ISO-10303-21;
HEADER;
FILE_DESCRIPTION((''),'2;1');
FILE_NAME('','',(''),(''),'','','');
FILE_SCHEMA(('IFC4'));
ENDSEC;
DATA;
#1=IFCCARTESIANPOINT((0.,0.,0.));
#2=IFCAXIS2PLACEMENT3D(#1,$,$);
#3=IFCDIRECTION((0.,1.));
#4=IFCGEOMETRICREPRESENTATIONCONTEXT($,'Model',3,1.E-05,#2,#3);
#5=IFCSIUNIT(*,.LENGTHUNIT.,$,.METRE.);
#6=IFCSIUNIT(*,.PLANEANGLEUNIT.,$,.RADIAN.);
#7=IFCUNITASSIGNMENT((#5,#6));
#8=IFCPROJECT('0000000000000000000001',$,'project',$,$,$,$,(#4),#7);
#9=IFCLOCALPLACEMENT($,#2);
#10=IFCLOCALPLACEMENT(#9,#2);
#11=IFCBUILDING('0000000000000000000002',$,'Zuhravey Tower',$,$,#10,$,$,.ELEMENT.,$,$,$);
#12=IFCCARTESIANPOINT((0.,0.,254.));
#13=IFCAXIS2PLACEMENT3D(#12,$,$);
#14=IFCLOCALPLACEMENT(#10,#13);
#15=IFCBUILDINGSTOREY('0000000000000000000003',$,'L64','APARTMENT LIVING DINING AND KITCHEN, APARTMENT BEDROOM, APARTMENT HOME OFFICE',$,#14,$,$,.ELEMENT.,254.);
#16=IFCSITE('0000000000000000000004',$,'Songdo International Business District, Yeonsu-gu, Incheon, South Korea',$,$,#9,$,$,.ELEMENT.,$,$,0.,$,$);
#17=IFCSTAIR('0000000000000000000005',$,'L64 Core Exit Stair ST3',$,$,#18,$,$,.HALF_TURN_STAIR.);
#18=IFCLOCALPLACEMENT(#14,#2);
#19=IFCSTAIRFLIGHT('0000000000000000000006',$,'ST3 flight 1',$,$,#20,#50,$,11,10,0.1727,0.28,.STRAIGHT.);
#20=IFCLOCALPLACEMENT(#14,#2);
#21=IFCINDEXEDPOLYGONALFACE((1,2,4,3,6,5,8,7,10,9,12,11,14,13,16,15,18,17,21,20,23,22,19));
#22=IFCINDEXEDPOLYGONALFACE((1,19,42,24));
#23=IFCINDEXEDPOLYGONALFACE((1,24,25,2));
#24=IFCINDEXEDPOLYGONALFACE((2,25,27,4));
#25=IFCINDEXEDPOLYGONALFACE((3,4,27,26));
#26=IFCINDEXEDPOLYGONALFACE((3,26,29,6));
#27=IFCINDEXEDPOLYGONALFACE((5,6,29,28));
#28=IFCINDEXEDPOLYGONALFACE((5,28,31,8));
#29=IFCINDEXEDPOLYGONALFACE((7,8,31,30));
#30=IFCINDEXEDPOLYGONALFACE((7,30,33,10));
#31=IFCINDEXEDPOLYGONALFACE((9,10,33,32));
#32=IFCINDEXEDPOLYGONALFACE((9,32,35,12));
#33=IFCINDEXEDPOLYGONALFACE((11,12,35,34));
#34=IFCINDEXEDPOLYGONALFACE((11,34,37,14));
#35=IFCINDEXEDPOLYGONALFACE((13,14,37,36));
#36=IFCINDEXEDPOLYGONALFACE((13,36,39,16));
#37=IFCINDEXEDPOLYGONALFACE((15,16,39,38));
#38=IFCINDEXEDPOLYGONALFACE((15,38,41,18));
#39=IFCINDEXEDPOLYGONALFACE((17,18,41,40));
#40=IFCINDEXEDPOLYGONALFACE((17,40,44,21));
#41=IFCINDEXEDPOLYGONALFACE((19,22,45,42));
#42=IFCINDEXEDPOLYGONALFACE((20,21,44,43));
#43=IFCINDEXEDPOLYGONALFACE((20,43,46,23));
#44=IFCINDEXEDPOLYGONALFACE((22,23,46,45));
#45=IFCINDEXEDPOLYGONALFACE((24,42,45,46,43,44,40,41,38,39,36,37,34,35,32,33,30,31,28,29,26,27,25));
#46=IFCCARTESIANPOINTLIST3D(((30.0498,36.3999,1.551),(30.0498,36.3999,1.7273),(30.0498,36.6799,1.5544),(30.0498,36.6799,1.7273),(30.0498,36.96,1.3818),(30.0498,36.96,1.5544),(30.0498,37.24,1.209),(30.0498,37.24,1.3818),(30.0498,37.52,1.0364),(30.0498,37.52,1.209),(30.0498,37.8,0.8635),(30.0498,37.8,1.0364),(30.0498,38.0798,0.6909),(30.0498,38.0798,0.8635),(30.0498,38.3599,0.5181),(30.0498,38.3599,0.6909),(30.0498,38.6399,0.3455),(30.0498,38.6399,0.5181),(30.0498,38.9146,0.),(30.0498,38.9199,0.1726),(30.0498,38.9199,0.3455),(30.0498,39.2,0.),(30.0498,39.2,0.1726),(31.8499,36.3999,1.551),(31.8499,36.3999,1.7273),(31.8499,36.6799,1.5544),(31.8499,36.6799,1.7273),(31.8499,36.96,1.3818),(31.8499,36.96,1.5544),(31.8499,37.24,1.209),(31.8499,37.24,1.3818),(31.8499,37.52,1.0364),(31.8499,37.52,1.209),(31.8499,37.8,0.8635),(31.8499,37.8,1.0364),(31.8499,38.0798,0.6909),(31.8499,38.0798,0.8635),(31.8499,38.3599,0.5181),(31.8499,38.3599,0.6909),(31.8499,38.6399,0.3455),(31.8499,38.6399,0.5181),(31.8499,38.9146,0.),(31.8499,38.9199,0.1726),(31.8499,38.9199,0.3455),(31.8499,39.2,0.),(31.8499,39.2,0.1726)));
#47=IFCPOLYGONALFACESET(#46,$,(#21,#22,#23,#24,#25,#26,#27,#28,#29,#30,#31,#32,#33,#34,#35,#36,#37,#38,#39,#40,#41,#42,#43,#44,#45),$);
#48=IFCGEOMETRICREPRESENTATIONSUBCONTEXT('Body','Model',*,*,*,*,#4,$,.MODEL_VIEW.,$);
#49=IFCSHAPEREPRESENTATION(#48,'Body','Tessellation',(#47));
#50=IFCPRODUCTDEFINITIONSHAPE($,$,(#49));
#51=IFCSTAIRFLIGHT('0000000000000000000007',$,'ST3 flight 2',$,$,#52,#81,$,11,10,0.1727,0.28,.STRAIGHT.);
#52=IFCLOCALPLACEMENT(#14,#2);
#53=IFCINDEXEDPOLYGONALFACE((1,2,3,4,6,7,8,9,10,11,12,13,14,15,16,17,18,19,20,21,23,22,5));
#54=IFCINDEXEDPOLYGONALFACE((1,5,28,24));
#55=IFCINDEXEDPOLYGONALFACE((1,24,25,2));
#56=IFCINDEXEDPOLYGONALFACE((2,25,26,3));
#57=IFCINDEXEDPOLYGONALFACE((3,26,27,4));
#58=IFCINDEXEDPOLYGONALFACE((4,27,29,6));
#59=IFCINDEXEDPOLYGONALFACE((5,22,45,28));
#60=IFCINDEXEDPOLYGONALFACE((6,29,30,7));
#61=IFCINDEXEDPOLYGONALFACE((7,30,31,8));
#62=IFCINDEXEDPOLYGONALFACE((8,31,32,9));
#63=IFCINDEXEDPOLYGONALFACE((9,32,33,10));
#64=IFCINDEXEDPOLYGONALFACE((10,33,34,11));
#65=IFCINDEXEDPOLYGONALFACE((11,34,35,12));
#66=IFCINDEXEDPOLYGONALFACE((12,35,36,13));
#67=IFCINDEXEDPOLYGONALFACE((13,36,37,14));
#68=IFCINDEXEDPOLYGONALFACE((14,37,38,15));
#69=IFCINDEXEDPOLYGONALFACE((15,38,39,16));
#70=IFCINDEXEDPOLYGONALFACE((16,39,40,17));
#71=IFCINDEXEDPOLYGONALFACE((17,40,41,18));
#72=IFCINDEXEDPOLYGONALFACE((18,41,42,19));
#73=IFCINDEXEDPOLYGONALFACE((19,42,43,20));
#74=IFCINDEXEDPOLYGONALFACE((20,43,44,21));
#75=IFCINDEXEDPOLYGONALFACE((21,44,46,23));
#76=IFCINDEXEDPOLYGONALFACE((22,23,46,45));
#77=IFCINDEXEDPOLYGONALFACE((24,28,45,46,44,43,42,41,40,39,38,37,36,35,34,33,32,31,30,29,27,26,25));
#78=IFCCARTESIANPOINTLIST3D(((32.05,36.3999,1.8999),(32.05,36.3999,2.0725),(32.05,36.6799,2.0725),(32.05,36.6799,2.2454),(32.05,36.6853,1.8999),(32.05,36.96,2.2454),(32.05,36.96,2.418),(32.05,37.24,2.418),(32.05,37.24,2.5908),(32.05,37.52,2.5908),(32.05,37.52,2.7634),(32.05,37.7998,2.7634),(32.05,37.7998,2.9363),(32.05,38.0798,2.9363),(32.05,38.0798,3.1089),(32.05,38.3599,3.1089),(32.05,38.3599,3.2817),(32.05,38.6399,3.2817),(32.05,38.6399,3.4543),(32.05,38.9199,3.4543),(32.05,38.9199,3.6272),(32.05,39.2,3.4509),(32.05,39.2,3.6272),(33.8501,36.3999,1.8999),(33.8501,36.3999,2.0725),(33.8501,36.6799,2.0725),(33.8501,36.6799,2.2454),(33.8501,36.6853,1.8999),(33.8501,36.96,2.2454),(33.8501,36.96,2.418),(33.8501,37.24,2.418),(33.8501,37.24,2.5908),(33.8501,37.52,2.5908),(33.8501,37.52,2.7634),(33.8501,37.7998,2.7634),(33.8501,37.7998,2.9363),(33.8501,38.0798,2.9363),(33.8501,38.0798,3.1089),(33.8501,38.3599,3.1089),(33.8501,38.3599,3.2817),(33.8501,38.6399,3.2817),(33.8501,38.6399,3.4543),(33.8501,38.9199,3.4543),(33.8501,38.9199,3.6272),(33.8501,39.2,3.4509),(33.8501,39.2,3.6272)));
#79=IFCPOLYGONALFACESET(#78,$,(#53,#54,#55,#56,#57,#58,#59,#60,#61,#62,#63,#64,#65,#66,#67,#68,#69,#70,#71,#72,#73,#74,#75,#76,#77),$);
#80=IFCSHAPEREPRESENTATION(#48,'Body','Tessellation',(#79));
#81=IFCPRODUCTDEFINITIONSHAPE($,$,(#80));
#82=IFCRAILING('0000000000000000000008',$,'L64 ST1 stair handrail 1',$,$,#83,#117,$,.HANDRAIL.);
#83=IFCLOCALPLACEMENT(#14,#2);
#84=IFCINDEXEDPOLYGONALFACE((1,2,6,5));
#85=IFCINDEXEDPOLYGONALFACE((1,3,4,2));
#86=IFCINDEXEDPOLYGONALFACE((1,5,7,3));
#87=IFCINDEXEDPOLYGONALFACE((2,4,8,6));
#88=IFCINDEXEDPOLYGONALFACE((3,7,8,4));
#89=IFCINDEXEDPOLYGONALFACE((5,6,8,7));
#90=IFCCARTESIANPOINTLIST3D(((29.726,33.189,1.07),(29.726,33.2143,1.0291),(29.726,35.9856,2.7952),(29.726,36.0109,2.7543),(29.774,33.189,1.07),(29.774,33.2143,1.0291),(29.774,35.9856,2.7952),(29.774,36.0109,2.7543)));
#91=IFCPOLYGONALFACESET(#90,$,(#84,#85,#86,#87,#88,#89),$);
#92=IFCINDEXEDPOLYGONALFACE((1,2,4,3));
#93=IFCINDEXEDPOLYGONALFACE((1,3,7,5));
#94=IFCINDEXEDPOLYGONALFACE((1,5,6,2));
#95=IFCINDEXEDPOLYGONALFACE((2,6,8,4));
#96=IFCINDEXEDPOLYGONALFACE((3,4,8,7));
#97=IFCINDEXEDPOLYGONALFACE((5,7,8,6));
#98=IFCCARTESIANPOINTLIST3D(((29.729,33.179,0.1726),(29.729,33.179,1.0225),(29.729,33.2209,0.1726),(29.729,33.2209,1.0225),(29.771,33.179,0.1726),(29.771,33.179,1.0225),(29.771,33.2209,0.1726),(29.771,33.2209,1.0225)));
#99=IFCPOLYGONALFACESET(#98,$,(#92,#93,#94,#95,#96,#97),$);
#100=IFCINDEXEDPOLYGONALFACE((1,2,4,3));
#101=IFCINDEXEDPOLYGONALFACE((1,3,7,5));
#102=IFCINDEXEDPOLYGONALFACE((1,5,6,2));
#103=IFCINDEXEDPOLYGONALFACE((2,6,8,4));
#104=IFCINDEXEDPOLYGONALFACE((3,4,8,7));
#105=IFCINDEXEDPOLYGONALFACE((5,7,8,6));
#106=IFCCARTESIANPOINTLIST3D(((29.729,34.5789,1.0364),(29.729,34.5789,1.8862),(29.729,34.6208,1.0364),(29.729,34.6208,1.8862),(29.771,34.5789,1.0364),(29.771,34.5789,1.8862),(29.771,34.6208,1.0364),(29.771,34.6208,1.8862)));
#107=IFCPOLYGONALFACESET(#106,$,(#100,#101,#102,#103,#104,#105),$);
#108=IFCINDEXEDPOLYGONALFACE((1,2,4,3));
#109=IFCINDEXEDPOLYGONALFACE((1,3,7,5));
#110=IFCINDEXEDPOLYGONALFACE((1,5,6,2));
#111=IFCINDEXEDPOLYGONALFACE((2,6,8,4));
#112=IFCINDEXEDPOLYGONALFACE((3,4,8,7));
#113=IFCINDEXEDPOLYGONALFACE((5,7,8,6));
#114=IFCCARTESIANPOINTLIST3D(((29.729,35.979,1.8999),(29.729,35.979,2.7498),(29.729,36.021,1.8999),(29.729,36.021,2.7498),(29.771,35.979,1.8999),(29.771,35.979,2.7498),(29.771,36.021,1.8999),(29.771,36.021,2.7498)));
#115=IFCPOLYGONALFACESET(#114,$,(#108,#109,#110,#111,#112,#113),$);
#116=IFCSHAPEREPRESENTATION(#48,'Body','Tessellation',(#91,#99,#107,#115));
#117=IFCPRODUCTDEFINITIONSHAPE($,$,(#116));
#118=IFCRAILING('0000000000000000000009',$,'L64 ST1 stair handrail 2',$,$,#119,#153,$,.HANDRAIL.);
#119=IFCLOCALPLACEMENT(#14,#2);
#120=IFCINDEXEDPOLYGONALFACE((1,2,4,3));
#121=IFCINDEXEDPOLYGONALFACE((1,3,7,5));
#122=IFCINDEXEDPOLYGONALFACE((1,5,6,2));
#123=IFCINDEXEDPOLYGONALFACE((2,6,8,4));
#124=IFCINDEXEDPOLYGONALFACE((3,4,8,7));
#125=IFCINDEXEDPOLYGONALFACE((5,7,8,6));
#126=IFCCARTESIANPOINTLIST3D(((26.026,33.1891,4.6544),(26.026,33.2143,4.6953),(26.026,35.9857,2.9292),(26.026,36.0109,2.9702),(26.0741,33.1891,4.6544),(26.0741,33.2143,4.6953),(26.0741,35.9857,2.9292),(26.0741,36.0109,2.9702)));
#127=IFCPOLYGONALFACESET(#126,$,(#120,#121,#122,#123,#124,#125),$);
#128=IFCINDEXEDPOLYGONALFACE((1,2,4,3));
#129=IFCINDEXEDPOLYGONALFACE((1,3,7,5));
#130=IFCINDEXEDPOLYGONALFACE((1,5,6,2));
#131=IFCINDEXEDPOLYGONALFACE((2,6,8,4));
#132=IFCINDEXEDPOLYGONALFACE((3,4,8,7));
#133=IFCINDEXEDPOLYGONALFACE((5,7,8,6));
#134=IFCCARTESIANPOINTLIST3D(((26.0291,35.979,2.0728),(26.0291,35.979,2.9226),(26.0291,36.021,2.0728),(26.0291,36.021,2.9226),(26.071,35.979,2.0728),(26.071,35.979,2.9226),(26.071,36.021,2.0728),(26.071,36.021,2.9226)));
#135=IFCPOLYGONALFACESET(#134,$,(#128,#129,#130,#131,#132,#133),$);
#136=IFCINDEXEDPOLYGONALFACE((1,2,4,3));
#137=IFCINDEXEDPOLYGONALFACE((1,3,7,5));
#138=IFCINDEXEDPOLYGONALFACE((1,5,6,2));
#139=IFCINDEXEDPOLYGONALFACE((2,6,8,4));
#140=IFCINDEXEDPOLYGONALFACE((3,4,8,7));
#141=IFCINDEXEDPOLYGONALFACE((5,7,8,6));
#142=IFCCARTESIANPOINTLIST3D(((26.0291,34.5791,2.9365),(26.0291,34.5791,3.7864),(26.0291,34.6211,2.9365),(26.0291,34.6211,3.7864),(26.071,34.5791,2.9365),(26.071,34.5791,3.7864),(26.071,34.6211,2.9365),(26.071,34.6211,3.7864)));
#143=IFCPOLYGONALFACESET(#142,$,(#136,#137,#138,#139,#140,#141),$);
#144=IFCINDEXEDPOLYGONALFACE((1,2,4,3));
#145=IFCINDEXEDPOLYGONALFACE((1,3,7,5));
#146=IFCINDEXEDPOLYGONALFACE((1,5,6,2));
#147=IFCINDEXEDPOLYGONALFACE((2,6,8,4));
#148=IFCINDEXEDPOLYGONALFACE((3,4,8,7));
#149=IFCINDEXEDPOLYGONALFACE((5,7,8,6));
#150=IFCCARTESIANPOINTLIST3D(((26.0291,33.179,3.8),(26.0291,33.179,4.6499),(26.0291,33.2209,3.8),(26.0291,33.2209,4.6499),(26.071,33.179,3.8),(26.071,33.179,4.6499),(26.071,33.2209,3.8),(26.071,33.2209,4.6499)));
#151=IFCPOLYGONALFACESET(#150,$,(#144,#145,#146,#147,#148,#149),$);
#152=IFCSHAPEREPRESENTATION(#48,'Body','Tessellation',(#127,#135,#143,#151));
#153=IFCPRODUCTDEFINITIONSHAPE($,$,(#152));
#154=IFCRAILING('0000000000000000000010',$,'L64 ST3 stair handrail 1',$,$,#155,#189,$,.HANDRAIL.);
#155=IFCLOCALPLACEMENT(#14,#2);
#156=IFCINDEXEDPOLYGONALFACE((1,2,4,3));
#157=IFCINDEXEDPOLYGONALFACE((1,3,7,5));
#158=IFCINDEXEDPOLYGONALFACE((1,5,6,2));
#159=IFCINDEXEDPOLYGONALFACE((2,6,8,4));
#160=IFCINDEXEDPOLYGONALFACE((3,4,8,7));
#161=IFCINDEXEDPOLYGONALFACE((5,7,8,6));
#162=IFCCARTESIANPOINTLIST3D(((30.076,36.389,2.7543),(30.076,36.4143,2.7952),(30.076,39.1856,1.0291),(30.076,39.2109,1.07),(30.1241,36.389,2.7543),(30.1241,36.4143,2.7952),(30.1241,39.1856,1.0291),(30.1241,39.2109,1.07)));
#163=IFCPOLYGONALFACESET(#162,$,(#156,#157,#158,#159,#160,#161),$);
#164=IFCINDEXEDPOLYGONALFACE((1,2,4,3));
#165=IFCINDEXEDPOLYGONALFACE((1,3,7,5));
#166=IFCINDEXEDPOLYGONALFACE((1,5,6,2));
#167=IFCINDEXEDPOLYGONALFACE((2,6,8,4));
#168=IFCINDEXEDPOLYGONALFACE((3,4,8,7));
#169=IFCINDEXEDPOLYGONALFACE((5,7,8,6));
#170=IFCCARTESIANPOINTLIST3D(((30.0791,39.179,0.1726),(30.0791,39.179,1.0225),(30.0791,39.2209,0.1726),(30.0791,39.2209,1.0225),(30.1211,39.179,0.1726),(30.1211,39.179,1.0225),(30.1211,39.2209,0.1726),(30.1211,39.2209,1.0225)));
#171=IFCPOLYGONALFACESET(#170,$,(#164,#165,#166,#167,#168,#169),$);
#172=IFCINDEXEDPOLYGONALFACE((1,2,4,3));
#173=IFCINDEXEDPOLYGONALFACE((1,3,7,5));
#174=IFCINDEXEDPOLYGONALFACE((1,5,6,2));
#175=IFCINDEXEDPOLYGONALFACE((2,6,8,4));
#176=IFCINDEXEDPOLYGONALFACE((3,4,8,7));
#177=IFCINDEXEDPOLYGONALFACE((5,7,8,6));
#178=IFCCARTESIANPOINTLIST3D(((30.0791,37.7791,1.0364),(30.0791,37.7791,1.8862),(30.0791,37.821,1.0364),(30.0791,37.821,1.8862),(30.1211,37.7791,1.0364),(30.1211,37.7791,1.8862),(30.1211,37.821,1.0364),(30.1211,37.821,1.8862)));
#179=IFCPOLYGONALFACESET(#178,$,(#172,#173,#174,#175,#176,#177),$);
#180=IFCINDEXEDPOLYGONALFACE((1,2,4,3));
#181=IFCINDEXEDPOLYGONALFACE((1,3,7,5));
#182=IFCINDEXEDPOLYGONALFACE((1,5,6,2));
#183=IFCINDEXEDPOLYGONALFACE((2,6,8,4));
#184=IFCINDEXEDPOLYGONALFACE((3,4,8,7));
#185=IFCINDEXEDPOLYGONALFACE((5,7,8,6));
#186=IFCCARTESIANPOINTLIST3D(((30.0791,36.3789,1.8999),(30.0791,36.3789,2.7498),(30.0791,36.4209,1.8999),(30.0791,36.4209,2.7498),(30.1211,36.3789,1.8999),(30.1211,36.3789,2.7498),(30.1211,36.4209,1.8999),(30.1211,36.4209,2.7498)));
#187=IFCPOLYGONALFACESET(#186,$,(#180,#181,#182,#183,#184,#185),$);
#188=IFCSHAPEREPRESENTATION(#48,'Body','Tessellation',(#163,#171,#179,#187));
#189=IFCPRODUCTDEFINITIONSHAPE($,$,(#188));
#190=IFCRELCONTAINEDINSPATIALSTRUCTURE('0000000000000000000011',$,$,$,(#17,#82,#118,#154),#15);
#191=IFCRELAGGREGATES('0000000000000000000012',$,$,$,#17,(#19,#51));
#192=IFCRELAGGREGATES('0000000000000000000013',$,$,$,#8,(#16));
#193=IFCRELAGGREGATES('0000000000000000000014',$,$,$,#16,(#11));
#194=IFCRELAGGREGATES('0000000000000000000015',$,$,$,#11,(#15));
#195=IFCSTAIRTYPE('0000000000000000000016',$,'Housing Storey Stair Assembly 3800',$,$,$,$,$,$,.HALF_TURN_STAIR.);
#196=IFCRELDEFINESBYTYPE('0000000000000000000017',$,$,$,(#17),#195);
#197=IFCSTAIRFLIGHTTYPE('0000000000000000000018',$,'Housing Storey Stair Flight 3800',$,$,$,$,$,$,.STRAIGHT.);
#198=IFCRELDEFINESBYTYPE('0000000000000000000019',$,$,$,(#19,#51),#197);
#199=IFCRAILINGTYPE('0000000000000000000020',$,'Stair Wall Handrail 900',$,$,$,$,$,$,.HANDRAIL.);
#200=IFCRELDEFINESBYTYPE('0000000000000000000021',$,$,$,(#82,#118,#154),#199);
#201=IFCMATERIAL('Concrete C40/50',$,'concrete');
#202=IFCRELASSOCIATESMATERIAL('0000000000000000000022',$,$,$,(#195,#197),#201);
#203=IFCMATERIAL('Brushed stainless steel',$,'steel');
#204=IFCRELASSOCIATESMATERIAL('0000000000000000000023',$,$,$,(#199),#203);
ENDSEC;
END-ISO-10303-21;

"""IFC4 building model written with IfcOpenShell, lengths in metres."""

from ifc_helpers import new_model, si_unit, direction, frame, origin, origin_2d, place, context, subcontext, project, spatial, polyline, rectangle, outline, extrude, material, type_object, element, aggregate, save


model = new_model("IFC4")

# Units and contexts
model_context = context("Model", 3, precision=1e-05, world=origin(), true_north=direction((0.0, 1.0)))
body_context = subcontext(model_context, "Body", "Model", "MODEL_VIEW")
ifc_project = project(units=[si_unit("LENGTHUNIT", "METRE"), si_unit("PLANEANGLEUNIT", "RADIAN")], contexts=[model_context])

# Site, building, storey
site_placement = place(None, origin())
site = spatial("IfcSite", under=ifc_project, at=site_placement, Name="Songdo International Business District, Yeonsu-gu, Incheon, South Korea", CompositionType="ELEMENT", RefElevation=0.0)
building_placement = place(site_placement, origin())
building = spatial("IfcBuilding", under=site, at=building_placement, Name="Zuhravey Tower", CompositionType="ELEMENT")
storey_placement = place(building_placement, frame((0.0, 0.0, 254.0)))
storey = spatial("IfcBuildingStorey", under=building, at=storey_placement, Name="L64", Description="APARTMENT LIVING DINING AND KITCHEN, APARTMENT BEDROOM, APARTMENT HOME OFFICE", CompositionType="ELEMENT", Elevation=254.0)

# Stair, stair flights
ifc_material_1 = material(Name="Concrete C40/50", Category="concrete")
stair_type = type_object("IfcStairType", Name="Housing Storey Stair Assembly 3800", PredefinedType="HALF_TURN_STAIR", material=ifc_material_1)
stair_flight_type = type_object("IfcStairFlightType", Name="Housing Storey Stair Flight 3800", PredefinedType="STRAIGHT", material=ifc_material_1)
stair_1_placement = place(storey_placement, origin())
stair_1 = element("IfcStair", 1, at=stair_1_placement, inside=storey, type_object=stair_type, Name="L64 Core Exit Stair ST3", PredefinedType="HALF_TURN_STAIR")
stair_flight_1_placement = place(storey_placement, frame((30.95, 39.2, 0.0), z_axis=(0.0, 0.0, 1.0), x_axis=(0.0, -1.0, 0.0)))
stair_flight_1 = element("IfcStairFlight", 2, at=stair_flight_1_placement, type_object=stair_flight_type, Name="ST3 flight 1", NumberOfRisers=11, NumberOfTreads=10, PredefinedType="STRAIGHT", RiserHeight=0.1727, TreadLength=0.28, context=body_context, shape_type="SweptSolid", body=[
    extrude(outline(polyline([(0.0, 0.0), (0.0, 0.1726), (0.28, 0.1726), (0.28, 0.3455), (0.5601, 0.3455), (0.5601, 0.5181), (0.8401, 0.5181), (0.8401, 0.6909), (1.1201, 0.6909), (1.1201, 0.8635), (1.3999, 0.8635), (1.3999, 1.0364), (1.6799, 1.0364), (1.6799, 1.209), (1.96, 1.209), (1.96, 1.3818), (2.24, 1.3818), (2.24, 1.5544), (2.52, 1.5544), (2.52, 1.7273), (2.8, 1.7273), (2.8, 1.8999), (2.8, 1.551), (0.2854, 0.0), (0.0, 0.0)])), frame((0.0, 0.8999, 0.0), z_axis=(0.0, -1.0, 0.0), x_axis=(1.0, 0.0, 0.0)), (0.0, 0.0, 1.0), 1.8),
])
stair_flight_2_placement = place(storey_placement, frame((32.95, 36.3999, 1.8999), z_axis=(0.0, 0.0, 1.0), x_axis=(0.0, 1.0, 0.0)))
stair_flight_2 = element("IfcStairFlight", 3, at=stair_flight_2_placement, type_object=stair_flight_type, Name="ST3 flight 2", NumberOfRisers=11, NumberOfTreads=10, PredefinedType="STRAIGHT", RiserHeight=0.1727, TreadLength=0.28, context=body_context, shape_type="SweptSolid", body=[
    extrude(outline(polyline([(0.0, 0.0), (0.0, 0.1726), (0.28, 0.1726), (0.28, 0.3455), (0.5601, 0.3455), (0.5601, 0.5181), (0.8401, 0.5181), (0.8401, 0.6909), (1.1201, 0.6909), (1.1201, 0.8635), (1.3999, 0.8635), (1.3999, 1.0364), (1.6799, 1.0364), (1.6799, 1.209), (1.96, 1.209), (1.96, 1.3818), (2.24, 1.3818), (2.24, 1.5544), (2.52, 1.5544), (2.52, 1.7273), (2.8, 1.7273), (2.8, 1.8999), (2.8, 1.551), (0.2854, 0.0), (0.0, 0.0)])), frame((0.0, 0.8999, 0.0), z_axis=(0.0, -1.0, 0.0), x_axis=(1.0, 0.0, 0.0)), (0.0, 0.0, 1.0), 1.8),
])
aggregate(stair_1, [stair_flight_1, stair_flight_2])

# Railings
ifc_material_2 = material(Name="Brushed stainless steel", Category="steel")
railing_type_1 = type_object("IfcRailingType", Name="Stair Wall Handrail 900", PredefinedType="HANDRAIL", material=ifc_material_2)
railing_1_placement = place(storey_placement, frame((29.75, 33.2, 0.1726)))
element("IfcRailing", 4, at=railing_1_placement, inside=storey, type_object=railing_type_1, Name="L64 ST1 stair handrail 1", PredefinedType="HANDRAIL", context=body_context, shape_type="SweptSolid", body=[
    extrude(rectangle(XDim=0.0481, YDim=0.0481, at=origin_2d()), frame((0.0, 0.0017, 0.877), z_axis=(0.0, 0.85109, 0.52502), x_axis=(-1.0, 0.0, 0.0)), (0.0, 0.0, 1.0), 3.2859),
    extrude(rectangle(XDim=0.042, YDim=0.042, at=origin_2d()), origin(), (0.0, 0.0, 1.0), 0.8499),
    extrude(rectangle(XDim=0.042, YDim=0.042, at=origin_2d()), frame((0.0, 1.3999, 0.8638)), (0.0, 0.0, 1.0), 0.8499),
    extrude(rectangle(XDim=0.042, YDim=0.042, at=origin_2d()), frame((0.0, 2.8, 1.7273)), (0.0, 0.0, 1.0), 0.8499),
])
for number, where, name in (
    (5, (26.05, 36.0, 2.0728), "L64 ST1 stair handrail 2"),
    (6, (30.1001, 39.2, 0.1726), "L64 ST3 stair handrail 1"),
):
    element("IfcRailing", number, at=place(storey_placement, frame(where)), inside=storey, type_object=railing_type_1, Name=name, PredefinedType="HANDRAIL", context=body_context, shape_type="SweptSolid", body=[
        extrude(rectangle(XDim=0.0481, YDim=0.0481, at=origin_2d()), frame((0.0, -0.0017, 0.877), z_axis=(0.0, -0.85109, 0.52502), x_axis=(1.0, 0.0, 0.0)), (0.0, 0.0, 1.0), 3.2859),
        extrude(rectangle(XDim=0.042, YDim=0.042, at=origin_2d()), origin(), (0.0, 0.0, 1.0), 0.8499),
        extrude(rectangle(XDim=0.042, YDim=0.042, at=origin_2d()), frame((0.0, -1.3999, 0.8638)), (0.0, 0.0, 1.0), 0.8499),
        extrude(rectangle(XDim=0.042, YDim=0.042, at=origin_2d()), frame((0.0, -2.8, 1.7273)), (0.0, 0.0, 1.0), 0.8499),
    ])

save(model, "model.ifc")
